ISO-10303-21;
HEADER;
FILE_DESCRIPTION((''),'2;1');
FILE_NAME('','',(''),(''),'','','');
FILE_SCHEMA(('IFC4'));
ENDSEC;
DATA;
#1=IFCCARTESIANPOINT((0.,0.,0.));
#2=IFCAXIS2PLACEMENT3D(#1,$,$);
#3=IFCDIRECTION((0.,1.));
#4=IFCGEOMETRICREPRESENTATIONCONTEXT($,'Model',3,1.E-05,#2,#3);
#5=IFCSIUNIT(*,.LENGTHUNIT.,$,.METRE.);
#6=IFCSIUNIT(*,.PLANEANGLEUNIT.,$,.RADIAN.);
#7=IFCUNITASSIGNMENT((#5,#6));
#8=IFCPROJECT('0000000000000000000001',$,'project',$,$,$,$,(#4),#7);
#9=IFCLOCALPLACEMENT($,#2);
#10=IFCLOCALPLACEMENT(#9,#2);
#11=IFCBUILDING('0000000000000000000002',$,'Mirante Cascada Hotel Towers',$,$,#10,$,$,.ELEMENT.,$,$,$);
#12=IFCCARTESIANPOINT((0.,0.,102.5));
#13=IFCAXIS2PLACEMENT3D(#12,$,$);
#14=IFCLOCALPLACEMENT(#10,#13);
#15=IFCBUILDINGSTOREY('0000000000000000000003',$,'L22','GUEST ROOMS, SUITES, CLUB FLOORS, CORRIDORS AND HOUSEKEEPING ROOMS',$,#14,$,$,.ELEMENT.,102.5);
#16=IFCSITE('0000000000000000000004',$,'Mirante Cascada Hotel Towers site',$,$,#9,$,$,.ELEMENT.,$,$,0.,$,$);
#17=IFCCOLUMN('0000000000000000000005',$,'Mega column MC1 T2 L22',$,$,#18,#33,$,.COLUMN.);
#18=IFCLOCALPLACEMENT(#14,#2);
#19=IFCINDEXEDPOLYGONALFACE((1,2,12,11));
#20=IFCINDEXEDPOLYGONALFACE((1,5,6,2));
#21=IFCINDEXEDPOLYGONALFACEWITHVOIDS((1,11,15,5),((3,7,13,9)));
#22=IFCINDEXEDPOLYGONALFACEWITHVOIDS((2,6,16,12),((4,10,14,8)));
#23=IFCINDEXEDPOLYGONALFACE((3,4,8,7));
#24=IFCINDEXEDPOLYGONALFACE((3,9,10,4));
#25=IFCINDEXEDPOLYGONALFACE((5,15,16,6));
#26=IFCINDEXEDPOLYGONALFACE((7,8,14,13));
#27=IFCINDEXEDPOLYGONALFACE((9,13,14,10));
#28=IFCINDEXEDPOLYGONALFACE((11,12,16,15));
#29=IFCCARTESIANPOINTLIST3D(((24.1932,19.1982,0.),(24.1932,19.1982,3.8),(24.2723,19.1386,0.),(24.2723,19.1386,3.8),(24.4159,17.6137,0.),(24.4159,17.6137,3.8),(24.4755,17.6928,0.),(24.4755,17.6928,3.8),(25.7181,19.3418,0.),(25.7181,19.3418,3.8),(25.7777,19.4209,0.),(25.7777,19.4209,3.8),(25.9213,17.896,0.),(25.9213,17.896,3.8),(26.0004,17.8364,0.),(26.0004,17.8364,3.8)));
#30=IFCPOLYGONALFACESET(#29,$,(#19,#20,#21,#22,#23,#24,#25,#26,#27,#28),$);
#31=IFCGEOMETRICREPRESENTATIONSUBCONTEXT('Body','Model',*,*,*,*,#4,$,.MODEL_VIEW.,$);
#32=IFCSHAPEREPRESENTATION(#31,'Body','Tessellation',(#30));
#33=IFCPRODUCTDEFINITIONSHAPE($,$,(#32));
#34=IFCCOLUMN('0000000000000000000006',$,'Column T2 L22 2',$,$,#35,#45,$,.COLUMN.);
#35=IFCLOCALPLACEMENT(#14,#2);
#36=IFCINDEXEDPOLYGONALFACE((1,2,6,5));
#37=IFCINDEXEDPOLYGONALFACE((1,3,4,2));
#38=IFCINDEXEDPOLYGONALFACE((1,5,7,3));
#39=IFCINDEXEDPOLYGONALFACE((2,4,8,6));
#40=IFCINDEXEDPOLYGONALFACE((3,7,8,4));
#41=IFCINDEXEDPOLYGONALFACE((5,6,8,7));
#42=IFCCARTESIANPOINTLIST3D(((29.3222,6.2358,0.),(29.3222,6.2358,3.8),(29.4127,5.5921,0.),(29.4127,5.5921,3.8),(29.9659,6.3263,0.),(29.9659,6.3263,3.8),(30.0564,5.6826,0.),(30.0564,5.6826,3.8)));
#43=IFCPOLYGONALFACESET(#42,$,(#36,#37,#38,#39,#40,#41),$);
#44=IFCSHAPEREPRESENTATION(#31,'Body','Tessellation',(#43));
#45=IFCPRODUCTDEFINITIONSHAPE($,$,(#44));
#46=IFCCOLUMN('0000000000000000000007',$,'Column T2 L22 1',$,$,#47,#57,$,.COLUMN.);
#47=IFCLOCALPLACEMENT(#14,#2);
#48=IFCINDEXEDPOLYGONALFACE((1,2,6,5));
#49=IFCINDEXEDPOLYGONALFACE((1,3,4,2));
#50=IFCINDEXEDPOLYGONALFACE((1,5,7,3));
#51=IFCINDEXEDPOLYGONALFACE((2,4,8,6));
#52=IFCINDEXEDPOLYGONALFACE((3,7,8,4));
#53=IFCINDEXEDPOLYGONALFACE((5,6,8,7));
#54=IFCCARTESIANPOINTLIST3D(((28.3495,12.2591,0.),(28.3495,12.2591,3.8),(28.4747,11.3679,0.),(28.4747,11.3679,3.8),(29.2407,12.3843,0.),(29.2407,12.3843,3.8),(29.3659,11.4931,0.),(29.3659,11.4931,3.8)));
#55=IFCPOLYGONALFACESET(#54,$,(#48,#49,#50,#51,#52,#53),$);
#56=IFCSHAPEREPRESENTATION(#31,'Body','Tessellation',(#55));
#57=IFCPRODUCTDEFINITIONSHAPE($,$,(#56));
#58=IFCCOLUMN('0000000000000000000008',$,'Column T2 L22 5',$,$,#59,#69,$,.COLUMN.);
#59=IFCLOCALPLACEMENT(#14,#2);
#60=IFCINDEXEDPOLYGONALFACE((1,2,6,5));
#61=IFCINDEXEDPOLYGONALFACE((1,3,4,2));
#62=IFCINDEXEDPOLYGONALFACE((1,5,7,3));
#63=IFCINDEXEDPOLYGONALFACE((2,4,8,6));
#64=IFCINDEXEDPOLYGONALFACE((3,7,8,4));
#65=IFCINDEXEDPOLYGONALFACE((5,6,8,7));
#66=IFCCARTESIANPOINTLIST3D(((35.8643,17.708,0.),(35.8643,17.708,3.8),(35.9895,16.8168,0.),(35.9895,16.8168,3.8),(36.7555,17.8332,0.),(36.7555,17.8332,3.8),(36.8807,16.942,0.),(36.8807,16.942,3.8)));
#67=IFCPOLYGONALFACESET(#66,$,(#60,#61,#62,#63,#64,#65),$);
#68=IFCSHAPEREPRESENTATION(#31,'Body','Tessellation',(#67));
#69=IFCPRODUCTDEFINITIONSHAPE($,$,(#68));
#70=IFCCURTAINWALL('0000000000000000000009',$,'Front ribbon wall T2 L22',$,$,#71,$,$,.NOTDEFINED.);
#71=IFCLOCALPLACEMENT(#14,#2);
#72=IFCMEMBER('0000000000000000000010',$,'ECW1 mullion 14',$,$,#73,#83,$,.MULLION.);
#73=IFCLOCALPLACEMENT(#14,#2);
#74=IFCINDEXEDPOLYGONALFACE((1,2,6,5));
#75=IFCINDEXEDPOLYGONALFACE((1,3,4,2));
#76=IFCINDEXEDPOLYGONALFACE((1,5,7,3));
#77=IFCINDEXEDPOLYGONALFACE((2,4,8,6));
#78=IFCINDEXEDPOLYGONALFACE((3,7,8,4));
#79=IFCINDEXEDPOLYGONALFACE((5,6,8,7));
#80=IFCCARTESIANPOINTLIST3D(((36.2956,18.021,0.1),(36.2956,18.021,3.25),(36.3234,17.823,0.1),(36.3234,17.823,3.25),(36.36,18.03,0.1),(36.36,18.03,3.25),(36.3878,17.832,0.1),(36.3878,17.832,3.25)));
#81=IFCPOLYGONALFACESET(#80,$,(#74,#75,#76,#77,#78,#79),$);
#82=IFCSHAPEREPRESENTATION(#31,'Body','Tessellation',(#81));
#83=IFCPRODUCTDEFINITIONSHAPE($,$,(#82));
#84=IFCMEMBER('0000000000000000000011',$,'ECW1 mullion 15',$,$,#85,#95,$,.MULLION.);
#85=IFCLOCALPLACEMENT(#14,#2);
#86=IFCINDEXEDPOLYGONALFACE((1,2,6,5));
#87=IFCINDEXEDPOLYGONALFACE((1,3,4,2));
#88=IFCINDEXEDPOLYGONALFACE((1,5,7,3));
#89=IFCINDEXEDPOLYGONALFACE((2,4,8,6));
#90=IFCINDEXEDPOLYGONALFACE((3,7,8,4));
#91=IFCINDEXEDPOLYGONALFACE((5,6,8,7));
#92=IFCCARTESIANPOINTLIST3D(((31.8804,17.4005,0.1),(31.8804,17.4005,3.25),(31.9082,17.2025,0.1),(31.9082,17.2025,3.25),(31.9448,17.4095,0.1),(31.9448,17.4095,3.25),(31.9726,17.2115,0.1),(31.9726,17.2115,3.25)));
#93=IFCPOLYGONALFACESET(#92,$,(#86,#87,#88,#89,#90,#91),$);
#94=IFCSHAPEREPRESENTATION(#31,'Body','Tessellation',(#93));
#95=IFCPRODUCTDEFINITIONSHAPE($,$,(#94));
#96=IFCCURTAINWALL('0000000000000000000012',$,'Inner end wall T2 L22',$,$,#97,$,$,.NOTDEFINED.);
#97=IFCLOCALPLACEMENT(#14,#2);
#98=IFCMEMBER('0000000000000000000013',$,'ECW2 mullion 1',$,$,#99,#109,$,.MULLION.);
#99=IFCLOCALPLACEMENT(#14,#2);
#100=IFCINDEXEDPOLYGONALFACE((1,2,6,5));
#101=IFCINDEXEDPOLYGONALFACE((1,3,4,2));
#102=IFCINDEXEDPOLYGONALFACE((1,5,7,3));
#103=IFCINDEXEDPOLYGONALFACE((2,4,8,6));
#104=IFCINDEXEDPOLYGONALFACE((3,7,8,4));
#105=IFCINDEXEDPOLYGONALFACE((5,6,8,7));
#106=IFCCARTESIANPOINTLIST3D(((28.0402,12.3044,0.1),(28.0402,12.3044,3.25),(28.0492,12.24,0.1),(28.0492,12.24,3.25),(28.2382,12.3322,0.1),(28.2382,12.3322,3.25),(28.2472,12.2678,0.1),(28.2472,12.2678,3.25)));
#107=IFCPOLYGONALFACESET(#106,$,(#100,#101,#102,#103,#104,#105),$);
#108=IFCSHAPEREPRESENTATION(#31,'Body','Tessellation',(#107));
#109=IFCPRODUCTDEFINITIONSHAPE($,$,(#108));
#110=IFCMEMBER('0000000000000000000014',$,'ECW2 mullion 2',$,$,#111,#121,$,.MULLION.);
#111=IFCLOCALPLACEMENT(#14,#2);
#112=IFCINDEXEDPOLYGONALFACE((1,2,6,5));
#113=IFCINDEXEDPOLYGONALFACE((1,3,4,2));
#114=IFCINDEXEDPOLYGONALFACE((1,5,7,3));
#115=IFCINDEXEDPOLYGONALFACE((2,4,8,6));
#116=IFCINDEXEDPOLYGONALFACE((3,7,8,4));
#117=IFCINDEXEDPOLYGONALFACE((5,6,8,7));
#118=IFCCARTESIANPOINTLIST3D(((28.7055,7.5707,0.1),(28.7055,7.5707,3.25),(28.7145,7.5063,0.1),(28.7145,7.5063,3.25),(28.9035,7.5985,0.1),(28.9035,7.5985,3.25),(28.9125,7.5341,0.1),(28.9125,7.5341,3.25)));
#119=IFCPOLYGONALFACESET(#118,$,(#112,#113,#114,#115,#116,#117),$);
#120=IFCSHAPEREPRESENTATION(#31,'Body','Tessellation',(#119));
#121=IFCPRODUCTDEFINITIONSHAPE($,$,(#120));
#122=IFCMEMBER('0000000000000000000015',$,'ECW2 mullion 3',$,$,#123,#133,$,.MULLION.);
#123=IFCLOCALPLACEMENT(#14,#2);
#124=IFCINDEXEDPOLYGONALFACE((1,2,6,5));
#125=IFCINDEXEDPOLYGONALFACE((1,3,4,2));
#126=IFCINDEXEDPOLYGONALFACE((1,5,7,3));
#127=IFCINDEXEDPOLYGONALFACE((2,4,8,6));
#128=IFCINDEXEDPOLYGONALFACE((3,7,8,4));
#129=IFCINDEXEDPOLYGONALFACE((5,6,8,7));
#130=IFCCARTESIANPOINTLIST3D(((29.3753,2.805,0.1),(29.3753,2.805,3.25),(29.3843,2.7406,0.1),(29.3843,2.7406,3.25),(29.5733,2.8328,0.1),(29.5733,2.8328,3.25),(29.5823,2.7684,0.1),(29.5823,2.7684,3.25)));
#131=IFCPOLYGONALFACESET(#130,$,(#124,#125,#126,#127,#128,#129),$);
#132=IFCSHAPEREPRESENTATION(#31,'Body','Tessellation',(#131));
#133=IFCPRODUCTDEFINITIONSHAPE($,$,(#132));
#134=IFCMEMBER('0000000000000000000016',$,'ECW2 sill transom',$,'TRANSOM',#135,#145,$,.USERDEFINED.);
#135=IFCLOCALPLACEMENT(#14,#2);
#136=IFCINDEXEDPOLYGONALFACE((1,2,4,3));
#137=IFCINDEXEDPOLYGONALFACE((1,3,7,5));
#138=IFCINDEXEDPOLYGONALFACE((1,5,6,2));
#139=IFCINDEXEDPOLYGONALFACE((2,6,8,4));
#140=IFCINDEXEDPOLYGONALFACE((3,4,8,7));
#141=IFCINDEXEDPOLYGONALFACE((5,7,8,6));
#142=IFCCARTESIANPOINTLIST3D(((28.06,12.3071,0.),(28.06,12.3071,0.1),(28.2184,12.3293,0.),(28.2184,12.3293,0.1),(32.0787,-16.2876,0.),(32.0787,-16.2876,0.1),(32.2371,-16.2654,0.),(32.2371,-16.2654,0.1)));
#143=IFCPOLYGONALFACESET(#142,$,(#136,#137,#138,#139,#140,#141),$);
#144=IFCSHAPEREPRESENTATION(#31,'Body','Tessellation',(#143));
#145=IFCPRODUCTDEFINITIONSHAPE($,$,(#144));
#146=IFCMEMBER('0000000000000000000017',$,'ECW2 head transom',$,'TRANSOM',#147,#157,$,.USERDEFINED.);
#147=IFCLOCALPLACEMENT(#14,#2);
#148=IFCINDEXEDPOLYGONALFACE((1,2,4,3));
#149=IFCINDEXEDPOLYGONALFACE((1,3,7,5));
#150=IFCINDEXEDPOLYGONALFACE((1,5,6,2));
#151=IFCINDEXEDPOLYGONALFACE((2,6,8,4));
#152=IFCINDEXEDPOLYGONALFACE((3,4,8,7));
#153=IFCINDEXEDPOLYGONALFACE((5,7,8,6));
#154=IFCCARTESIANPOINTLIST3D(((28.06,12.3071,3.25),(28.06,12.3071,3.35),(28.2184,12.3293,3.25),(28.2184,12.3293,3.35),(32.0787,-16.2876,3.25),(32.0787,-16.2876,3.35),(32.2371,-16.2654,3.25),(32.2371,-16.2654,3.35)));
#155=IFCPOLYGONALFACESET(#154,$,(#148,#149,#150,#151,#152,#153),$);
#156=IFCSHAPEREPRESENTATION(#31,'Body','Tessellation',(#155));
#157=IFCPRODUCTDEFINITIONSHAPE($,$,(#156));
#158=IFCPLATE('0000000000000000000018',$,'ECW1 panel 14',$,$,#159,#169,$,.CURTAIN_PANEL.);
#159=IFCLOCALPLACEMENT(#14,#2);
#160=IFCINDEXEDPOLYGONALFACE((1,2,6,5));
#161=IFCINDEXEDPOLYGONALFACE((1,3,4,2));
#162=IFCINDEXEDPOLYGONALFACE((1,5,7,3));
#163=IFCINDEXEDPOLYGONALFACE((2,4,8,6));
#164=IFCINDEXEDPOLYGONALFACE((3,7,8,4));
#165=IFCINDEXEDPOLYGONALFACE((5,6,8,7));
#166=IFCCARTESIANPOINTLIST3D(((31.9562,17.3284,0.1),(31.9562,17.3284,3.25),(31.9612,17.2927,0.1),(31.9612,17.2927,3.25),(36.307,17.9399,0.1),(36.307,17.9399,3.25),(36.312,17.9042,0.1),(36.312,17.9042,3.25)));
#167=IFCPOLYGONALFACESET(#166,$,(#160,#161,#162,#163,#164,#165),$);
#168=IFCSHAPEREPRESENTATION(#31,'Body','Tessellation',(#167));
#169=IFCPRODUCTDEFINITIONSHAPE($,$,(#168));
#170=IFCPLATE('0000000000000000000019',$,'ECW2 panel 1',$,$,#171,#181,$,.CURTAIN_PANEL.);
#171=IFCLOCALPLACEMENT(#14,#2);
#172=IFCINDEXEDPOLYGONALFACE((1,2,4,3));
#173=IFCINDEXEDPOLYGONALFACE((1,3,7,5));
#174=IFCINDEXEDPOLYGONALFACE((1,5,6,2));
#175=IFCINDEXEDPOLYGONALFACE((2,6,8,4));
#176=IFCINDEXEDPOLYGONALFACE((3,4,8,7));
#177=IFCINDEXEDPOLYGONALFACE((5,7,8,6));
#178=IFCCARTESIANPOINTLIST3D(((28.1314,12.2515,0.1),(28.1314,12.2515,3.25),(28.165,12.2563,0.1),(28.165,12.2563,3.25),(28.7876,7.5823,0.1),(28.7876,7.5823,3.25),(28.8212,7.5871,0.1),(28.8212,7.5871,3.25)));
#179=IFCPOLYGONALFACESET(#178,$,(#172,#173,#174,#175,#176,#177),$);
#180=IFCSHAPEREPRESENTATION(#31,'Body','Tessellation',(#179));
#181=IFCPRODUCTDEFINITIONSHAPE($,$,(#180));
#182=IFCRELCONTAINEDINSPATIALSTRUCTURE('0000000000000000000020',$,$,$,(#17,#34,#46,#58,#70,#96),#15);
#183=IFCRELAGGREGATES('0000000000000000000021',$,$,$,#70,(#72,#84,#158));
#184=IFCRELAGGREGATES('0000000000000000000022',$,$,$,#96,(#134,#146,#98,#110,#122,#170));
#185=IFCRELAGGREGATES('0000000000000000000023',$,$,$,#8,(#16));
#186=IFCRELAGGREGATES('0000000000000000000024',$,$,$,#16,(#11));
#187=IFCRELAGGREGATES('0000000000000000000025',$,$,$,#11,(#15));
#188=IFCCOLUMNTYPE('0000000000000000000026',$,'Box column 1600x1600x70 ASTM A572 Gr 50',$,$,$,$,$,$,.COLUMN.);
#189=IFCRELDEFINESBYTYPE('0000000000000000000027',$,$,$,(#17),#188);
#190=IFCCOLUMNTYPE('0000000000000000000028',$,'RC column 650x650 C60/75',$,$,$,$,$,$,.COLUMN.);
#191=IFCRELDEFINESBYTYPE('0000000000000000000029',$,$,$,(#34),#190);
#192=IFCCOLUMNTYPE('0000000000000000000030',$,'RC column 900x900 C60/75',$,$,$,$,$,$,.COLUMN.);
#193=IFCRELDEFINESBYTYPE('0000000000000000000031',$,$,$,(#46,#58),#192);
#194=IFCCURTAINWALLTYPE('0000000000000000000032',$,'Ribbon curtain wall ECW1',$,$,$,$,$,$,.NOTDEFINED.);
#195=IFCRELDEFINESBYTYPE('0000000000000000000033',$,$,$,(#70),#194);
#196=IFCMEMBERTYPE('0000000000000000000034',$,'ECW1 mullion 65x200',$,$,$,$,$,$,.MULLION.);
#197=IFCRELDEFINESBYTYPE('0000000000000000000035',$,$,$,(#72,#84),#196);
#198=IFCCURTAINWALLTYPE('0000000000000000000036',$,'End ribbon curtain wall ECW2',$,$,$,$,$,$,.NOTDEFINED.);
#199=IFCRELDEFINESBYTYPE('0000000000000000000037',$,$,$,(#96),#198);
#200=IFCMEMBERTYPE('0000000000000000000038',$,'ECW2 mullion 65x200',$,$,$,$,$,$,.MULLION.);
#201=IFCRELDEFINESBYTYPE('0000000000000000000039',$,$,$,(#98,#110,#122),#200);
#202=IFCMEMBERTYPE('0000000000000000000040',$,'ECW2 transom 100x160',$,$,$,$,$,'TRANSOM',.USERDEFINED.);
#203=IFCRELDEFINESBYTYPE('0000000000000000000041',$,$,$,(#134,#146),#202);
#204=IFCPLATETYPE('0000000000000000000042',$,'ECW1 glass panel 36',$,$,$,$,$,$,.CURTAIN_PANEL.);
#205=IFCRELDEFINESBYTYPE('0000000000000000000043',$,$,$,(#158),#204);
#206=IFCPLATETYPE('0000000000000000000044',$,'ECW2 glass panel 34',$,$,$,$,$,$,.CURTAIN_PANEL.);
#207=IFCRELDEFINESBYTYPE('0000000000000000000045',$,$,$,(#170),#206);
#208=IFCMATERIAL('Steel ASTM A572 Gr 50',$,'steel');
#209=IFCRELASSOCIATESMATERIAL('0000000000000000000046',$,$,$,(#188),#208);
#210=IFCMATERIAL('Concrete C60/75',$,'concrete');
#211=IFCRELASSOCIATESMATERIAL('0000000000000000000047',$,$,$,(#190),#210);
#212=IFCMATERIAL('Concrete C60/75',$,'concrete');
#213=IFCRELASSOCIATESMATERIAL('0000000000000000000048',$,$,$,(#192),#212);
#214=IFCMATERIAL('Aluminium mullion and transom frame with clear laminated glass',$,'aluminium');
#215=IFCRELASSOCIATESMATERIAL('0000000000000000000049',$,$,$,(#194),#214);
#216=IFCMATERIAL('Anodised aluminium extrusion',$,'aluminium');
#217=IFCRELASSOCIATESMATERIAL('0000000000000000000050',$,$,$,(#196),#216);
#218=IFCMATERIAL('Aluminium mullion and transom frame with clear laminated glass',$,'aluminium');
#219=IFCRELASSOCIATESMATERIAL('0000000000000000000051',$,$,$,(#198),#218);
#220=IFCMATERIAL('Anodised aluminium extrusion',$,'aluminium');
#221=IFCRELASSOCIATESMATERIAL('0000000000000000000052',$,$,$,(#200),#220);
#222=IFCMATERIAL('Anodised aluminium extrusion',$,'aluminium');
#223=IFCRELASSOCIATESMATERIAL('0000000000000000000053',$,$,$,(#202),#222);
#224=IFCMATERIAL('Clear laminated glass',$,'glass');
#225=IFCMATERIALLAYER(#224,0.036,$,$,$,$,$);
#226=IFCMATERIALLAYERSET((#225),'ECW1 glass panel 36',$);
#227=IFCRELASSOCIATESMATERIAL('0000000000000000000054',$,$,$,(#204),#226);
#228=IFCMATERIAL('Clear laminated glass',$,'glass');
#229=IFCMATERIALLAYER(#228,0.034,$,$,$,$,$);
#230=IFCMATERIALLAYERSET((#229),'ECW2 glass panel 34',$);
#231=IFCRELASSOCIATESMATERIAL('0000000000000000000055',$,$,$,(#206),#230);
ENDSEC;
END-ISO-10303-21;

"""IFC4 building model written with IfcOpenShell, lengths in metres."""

from ifc_helpers import new_model, si_unit, direction, frame, origin, origin_2d, place, context, subcontext, project, spatial, rectangle, hollow_rectangle, extrude, material, layer, layer_set, material_profile, profile_set, type_object, element, aggregate, save


model = new_model("IFC4")

# Units and contexts
model_context = context("Model", 3, precision=1e-05, world=origin(), true_north=direction((0.0, 1.0)))
body_context = subcontext(model_context, "Body", "Model", "MODEL_VIEW")
ifc_project = project(units=[si_unit("LENGTHUNIT", "METRE"), si_unit("PLANEANGLEUNIT", "RADIAN")], contexts=[model_context])

# Site, building, storey
site_placement = place(None, origin())
site = spatial("IfcSite", under=ifc_project, at=site_placement, Name="Mirante Cascada Hotel Towers site", CompositionType="ELEMENT", RefElevation=0.0)
building_placement = place(site_placement, origin())
building = spatial("IfcBuilding", under=site, at=building_placement, Name="Mirante Cascada Hotel Towers", CompositionType="ELEMENT")
storey_placement = place(building_placement, frame((0.0, 0.0, 102.5)))
storey = spatial("IfcBuildingStorey", under=building, at=storey_placement, Name="L22", Description="GUEST ROOMS, SUITES, CLUB FLOORS, CORRIDORS AND HOUSEKEEPING ROOMS", CompositionType="ELEMENT", Elevation=102.5)

# Columns
ifc_material_1 = material(Name="Steel ASTM A572 Gr 50", Category="steel")
ifc_material_profile_1 = material_profile(ifc_material_1, hollow_rectangle(XDim=1.6, YDim=1.6, WallThickness=0.07, at=origin_2d()), Name="Box column 1600x1600x70 ASTM A572 Gr 50")
ifc_profile_set_1 = profile_set([ifc_material_profile_1], Name="Steel ASTM A572 Gr 50")
column_type_1 = type_object("IfcColumnType", Name="Box column 1600x1600x70 ASTM A572 Gr 50", PredefinedType="COLUMN", material=ifc_profile_set_1)
column_1_placement = place(storey_placement, frame((25.0968, 18.5173, 0.0), z_axis=(0.0, 0.0, 1.0), x_axis=(0.990268, 0.139173, 0.0)))
element("IfcColumn", 1, at=column_1_placement, inside=storey, type_object=column_type_1, Name="Mega column MC1 T2 L22", PredefinedType="COLUMN", context=body_context, shape_type="SweptSolid", body=[
    extrude(hollow_rectangle(XDim=1.6, YDim=1.6, WallThickness=0.07, at=origin_2d()), origin(), (0.0, 0.0, 1.0), 3.8),
])
ifc_material_2 = material(Name="Concrete C60/75", Category="concrete")
ifc_material_profile_2 = material_profile(ifc_material_2, rectangle(XDim=0.65, YDim=0.65, at=origin_2d()), Name="RC column 650x650 C60/75")
ifc_profile_set_2 = profile_set([ifc_material_profile_2], Name="Concrete C60/75")
column_type_2 = type_object("IfcColumnType", Name="RC column 650x650 C60/75", PredefinedType="COLUMN", material=ifc_profile_set_2)
column_2_placement = place(storey_placement, frame((29.6893, 5.9592, 0.0), z_axis=(0.0, 0.0, 1.0), x_axis=(0.990268, 0.139173, 0.0)))
element("IfcColumn", 2, at=column_2_placement, inside=storey, type_object=column_type_2, Name="Column T2 L22 2", PredefinedType="COLUMN", context=body_context, shape_type="SweptSolid", body=[
    extrude(rectangle(XDim=0.65, YDim=0.65, at=origin_2d()), origin(), (0.0, 0.0, 1.0), 3.8),
])
ifc_material_3 = material(Name="Concrete C60/75", Category="concrete")
ifc_material_profile_3 = material_profile(ifc_material_3, rectangle(XDim=0.9, YDim=0.9, at=origin_2d()), Name="RC column 900x900 C60/75")
ifc_profile_set_3 = profile_set([ifc_material_profile_3], Name="Concrete C60/75")
column_type_3 = type_object("IfcColumnType", Name="RC column 900x900 C60/75", PredefinedType="COLUMN", material=ifc_profile_set_3)
for number, where, z_axis, x_axis, name in (
    (3, (28.8577, 11.8761, 0.0), (0.0, 0.0, 1.0), (0.990268, 0.139173, 0.0), "Column T2 L22 1"),
    (4, (36.3725, 17.325, 0.0), (0.0, 0.0, 1.0), (0.990268, 0.139173, 0.0), "Column T2 L22 5"),
):
    element("IfcColumn", number, at=place(storey_placement, frame(where, z_axis=z_axis, x_axis=x_axis)), inside=storey, type_object=column_type_3, Name=name, PredefinedType="COLUMN", context=body_context, shape_type="SweptSolid", body=[
        extrude(rectangle(XDim=0.9, YDim=0.9, at=origin_2d()), origin(), (0.0, 0.0, 1.0), 3.8),
    ])

# Curtain walls, members
ifc_material_4 = material(Name="Aluminium mullion and transom frame with clear laminated glass", Category="aluminium")
curtain_wall_type_1 = type_object("IfcCurtainWallType", Name="Ribbon curtain wall ECW1", PredefinedType="NOTDEFINED", material=ifc_material_4)
curtain_wall_1_placement = place(storey_placement, origin())
curtain_wall_1 = element("IfcCurtainWall", 5, at=curtain_wall_1_placement, inside=storey, type_object=curtain_wall_type_1, Name="Front ribbon wall T2 L22", PredefinedType="NOTDEFINED")
ifc_material_5 = material(Name="Anodised aluminium extrusion", Category="aluminium")
ifc_material_profile_4 = material_profile(ifc_material_5, rectangle(XDim=0.2, YDim=0.065, at=origin_2d()), Name="ECW1 MULLION 65x200")
ifc_profile_set_4 = profile_set([ifc_material_profile_4], Name="Anodised aluminium extrusion")
member_type_1 = type_object("IfcMemberType", Name="ECW1 mullion 65x200", PredefinedType="MULLION", material=ifc_profile_set_4)
member_1_placement = place(storey_placement, frame((36.3417, 17.9265, 0.1), z_axis=(0.0, 0.0, 1.0), x_axis=(0.139173, -0.990268, 0.0)))
member_1 = element("IfcMember", 6, at=member_1_placement, type_object=member_type_1, Name="ECW1 mullion 14", PredefinedType="MULLION", context=body_context, shape_type="SweptSolid", body=[
    extrude(rectangle(XDim=0.2, YDim=0.065, at=origin_2d()), origin(), (0.0, 0.0, 1.0), 3.15),
])
member_2_placement = place(storey_placement, frame((31.9265, 17.306, 0.1), z_axis=(0.0, 0.0, 1.0), x_axis=(0.139173, -0.990268, 0.0)))
member_2 = element("IfcMember", 7, at=member_2_placement, type_object=member_type_1, Name="ECW1 mullion 15", PredefinedType="MULLION", context=body_context, shape_type="SweptSolid", body=[
    extrude(rectangle(XDim=0.2, YDim=0.065, at=origin_2d()), origin(), (0.0, 0.0, 1.0), 3.15),
])
ifc_material_6 = material(Name="Aluminium mullion and transom frame with clear laminated glass", Category="aluminium")
curtain_wall_type_2 = type_object("IfcCurtainWallType", Name="End ribbon curtain wall ECW2", PredefinedType="NOTDEFINED", material=ifc_material_6)
curtain_wall_2_placement = place(storey_placement, origin())
curtain_wall_2 = element("IfcCurtainWall", 8, at=curtain_wall_2_placement, inside=storey, type_object=curtain_wall_type_2, Name="Inner end wall T2 L22", PredefinedType="NOTDEFINED")
ifc_material_7 = material(Name="Anodised aluminium extrusion", Category="aluminium")
ifc_material_profile_5 = material_profile(ifc_material_7, rectangle(XDim=0.2, YDim=0.065, at=origin_2d()), Name="ECW2 MULLION 65x200")
ifc_profile_set_5 = profile_set([ifc_material_profile_5], Name="Anodised aluminium extrusion")
member_type_2 = type_object("IfcMemberType", Name="ECW2 mullion 65x200", PredefinedType="MULLION", material=ifc_profile_set_5)
member_3_placement = place(storey_placement, frame((28.1437, 12.2861, 0.1), z_axis=(0.0, 0.0, 1.0), x_axis=(0.990268, 0.139173, 0.0)))
member_3 = element("IfcMember", 9, at=member_3_placement, type_object=member_type_2, Name="ECW2 mullion 1", PredefinedType="MULLION", context=body_context, shape_type="SweptSolid", body=[
    extrude(rectangle(XDim=0.2, YDim=0.065, at=origin_2d()), origin(), (0.0, 0.0, 1.0), 3.15),
])
member_4_placement = place(storey_placement, frame((28.809, 7.5524, 0.1), z_axis=(0.0, 0.0, 1.0), x_axis=(0.990268, 0.139173, 0.0)))
member_4 = element("IfcMember", 10, at=member_4_placement, type_object=member_type_2, Name="ECW2 mullion 2", PredefinedType="MULLION", context=body_context, shape_type="SweptSolid", body=[
    extrude(rectangle(XDim=0.2, YDim=0.065, at=origin_2d()), origin(), (0.0, 0.0, 1.0), 3.15),
])
member_5_placement = place(storey_placement, frame((29.4788, 2.7867, 0.1), z_axis=(0.0, 0.0, 1.0), x_axis=(0.990268, 0.139173, 0.0)))
member_5 = element("IfcMember", 11, at=member_5_placement, type_object=member_type_2, Name="ECW2 mullion 3", PredefinedType="MULLION", context=body_context, shape_type="SweptSolid", body=[
    extrude(rectangle(XDim=0.2, YDim=0.065, at=origin_2d()), origin(), (0.0, 0.0, 1.0), 3.15),
])
ifc_material_8 = material(Name="Anodised aluminium extrusion", Category="aluminium")
ifc_material_profile_6 = material_profile(ifc_material_8, rectangle(XDim=0.16, YDim=0.1, at=origin_2d()), Name="ECW2 TRANSOM 100x160")
ifc_profile_set_6 = profile_set([ifc_material_profile_6], Name="Anodised aluminium extrusion")
member_type_3 = type_object("IfcMemberType", Name="ECW2 transom 100x160", ElementType="TRANSOM", PredefinedType="USERDEFINED", material=ifc_profile_set_6)
member_6_placement = place(storey_placement, frame((28.1392, 12.3182, 0.05), z_axis=(0.139172, -0.990268, 0.0), x_axis=(0.990268, 0.139172, 0.0)))
member_6 = element("IfcMember", 12, at=member_6_placement, type_object=member_type_3, Name="ECW2 sill transom", ObjectType="TRANSOM", PredefinedType="USERDEFINED", context=body_context, shape_type="SweptSolid", body=[
    extrude(rectangle(XDim=0.16, YDim=0.1, at=origin_2d()), origin(), (0.0, 0.0, 1.0), 28.8757),
])
member_7_placement = place(storey_placement, frame((28.1392, 12.3182, 3.3), z_axis=(0.139172, -0.990268, 0.0), x_axis=(0.990268, 0.139172, 0.0)))
member_7 = element("IfcMember", 13, at=member_7_placement, type_object=member_type_3, Name="ECW2 head transom", ObjectType="TRANSOM", PredefinedType="USERDEFINED", context=body_context, shape_type="SweptSolid", body=[
    extrude(rectangle(XDim=0.16, YDim=0.1, at=origin_2d()), origin(), (0.0, 0.0, 1.0), 28.8757),
])

# Plates
ifc_material_9 = material(Name="Clear laminated glass", Category="glass")
ifc_layer_1 = layer(ifc_material_9, 0.036)
ifc_layer_set_1 = layer_set([ifc_layer_1], Name="ECW1 glass panel 36")
plate_type_1 = type_object("IfcPlateType", Name="ECW1 glass panel 36", PredefinedType="CURTAIN_PANEL", material=ifc_layer_set_1)
plate_1_placement = place(storey_placement, frame((34.1341, 17.6163, 0.1), z_axis=(0.0, 0.0, 1.0), x_axis=(-0.990268, -0.139173, 0.0)))
plate_1 = element("IfcPlate", 14, at=plate_1_placement, type_object=plate_type_1, Name="ECW1 panel 14", PredefinedType="CURTAIN_PANEL", context=body_context, shape_type="SweptSolid", body=[
    extrude(rectangle(XDim=4.3936, YDim=0.036, at=origin_2d()), origin(), (0.0, 0.0, 1.0), 3.15),
])
aggregate(curtain_wall_1, [member_1, member_2, plate_1])
ifc_material_10 = material(Name="Clear laminated glass", Category="glass")
ifc_layer_2 = layer(ifc_material_10, 0.034)
ifc_layer_set_2 = layer_set([ifc_layer_2], Name="ECW2 glass panel 34")
plate_type_2 = type_object("IfcPlateType", Name="ECW2 glass panel 34", PredefinedType="CURTAIN_PANEL", material=ifc_layer_set_2)
plate_2_placement = place(storey_placement, frame((28.4763, 9.9193, 0.1), z_axis=(0.0, 0.0, 1.0), x_axis=(0.139173, -0.990268, 0.0)))
plate_2 = element("IfcPlate", 15, at=plate_2_placement, type_object=plate_type_2, Name="ECW2 panel 1", PredefinedType="CURTAIN_PANEL", context=body_context, shape_type="SweptSolid", body=[
    extrude(rectangle(XDim=4.7151, YDim=0.034, at=origin_2d()), origin(), (0.0, 0.0, 1.0), 3.15),
])
aggregate(curtain_wall_2, [member_6, member_7, member_3, member_4, member_5, plate_2])

save(model, "model.ifc")
